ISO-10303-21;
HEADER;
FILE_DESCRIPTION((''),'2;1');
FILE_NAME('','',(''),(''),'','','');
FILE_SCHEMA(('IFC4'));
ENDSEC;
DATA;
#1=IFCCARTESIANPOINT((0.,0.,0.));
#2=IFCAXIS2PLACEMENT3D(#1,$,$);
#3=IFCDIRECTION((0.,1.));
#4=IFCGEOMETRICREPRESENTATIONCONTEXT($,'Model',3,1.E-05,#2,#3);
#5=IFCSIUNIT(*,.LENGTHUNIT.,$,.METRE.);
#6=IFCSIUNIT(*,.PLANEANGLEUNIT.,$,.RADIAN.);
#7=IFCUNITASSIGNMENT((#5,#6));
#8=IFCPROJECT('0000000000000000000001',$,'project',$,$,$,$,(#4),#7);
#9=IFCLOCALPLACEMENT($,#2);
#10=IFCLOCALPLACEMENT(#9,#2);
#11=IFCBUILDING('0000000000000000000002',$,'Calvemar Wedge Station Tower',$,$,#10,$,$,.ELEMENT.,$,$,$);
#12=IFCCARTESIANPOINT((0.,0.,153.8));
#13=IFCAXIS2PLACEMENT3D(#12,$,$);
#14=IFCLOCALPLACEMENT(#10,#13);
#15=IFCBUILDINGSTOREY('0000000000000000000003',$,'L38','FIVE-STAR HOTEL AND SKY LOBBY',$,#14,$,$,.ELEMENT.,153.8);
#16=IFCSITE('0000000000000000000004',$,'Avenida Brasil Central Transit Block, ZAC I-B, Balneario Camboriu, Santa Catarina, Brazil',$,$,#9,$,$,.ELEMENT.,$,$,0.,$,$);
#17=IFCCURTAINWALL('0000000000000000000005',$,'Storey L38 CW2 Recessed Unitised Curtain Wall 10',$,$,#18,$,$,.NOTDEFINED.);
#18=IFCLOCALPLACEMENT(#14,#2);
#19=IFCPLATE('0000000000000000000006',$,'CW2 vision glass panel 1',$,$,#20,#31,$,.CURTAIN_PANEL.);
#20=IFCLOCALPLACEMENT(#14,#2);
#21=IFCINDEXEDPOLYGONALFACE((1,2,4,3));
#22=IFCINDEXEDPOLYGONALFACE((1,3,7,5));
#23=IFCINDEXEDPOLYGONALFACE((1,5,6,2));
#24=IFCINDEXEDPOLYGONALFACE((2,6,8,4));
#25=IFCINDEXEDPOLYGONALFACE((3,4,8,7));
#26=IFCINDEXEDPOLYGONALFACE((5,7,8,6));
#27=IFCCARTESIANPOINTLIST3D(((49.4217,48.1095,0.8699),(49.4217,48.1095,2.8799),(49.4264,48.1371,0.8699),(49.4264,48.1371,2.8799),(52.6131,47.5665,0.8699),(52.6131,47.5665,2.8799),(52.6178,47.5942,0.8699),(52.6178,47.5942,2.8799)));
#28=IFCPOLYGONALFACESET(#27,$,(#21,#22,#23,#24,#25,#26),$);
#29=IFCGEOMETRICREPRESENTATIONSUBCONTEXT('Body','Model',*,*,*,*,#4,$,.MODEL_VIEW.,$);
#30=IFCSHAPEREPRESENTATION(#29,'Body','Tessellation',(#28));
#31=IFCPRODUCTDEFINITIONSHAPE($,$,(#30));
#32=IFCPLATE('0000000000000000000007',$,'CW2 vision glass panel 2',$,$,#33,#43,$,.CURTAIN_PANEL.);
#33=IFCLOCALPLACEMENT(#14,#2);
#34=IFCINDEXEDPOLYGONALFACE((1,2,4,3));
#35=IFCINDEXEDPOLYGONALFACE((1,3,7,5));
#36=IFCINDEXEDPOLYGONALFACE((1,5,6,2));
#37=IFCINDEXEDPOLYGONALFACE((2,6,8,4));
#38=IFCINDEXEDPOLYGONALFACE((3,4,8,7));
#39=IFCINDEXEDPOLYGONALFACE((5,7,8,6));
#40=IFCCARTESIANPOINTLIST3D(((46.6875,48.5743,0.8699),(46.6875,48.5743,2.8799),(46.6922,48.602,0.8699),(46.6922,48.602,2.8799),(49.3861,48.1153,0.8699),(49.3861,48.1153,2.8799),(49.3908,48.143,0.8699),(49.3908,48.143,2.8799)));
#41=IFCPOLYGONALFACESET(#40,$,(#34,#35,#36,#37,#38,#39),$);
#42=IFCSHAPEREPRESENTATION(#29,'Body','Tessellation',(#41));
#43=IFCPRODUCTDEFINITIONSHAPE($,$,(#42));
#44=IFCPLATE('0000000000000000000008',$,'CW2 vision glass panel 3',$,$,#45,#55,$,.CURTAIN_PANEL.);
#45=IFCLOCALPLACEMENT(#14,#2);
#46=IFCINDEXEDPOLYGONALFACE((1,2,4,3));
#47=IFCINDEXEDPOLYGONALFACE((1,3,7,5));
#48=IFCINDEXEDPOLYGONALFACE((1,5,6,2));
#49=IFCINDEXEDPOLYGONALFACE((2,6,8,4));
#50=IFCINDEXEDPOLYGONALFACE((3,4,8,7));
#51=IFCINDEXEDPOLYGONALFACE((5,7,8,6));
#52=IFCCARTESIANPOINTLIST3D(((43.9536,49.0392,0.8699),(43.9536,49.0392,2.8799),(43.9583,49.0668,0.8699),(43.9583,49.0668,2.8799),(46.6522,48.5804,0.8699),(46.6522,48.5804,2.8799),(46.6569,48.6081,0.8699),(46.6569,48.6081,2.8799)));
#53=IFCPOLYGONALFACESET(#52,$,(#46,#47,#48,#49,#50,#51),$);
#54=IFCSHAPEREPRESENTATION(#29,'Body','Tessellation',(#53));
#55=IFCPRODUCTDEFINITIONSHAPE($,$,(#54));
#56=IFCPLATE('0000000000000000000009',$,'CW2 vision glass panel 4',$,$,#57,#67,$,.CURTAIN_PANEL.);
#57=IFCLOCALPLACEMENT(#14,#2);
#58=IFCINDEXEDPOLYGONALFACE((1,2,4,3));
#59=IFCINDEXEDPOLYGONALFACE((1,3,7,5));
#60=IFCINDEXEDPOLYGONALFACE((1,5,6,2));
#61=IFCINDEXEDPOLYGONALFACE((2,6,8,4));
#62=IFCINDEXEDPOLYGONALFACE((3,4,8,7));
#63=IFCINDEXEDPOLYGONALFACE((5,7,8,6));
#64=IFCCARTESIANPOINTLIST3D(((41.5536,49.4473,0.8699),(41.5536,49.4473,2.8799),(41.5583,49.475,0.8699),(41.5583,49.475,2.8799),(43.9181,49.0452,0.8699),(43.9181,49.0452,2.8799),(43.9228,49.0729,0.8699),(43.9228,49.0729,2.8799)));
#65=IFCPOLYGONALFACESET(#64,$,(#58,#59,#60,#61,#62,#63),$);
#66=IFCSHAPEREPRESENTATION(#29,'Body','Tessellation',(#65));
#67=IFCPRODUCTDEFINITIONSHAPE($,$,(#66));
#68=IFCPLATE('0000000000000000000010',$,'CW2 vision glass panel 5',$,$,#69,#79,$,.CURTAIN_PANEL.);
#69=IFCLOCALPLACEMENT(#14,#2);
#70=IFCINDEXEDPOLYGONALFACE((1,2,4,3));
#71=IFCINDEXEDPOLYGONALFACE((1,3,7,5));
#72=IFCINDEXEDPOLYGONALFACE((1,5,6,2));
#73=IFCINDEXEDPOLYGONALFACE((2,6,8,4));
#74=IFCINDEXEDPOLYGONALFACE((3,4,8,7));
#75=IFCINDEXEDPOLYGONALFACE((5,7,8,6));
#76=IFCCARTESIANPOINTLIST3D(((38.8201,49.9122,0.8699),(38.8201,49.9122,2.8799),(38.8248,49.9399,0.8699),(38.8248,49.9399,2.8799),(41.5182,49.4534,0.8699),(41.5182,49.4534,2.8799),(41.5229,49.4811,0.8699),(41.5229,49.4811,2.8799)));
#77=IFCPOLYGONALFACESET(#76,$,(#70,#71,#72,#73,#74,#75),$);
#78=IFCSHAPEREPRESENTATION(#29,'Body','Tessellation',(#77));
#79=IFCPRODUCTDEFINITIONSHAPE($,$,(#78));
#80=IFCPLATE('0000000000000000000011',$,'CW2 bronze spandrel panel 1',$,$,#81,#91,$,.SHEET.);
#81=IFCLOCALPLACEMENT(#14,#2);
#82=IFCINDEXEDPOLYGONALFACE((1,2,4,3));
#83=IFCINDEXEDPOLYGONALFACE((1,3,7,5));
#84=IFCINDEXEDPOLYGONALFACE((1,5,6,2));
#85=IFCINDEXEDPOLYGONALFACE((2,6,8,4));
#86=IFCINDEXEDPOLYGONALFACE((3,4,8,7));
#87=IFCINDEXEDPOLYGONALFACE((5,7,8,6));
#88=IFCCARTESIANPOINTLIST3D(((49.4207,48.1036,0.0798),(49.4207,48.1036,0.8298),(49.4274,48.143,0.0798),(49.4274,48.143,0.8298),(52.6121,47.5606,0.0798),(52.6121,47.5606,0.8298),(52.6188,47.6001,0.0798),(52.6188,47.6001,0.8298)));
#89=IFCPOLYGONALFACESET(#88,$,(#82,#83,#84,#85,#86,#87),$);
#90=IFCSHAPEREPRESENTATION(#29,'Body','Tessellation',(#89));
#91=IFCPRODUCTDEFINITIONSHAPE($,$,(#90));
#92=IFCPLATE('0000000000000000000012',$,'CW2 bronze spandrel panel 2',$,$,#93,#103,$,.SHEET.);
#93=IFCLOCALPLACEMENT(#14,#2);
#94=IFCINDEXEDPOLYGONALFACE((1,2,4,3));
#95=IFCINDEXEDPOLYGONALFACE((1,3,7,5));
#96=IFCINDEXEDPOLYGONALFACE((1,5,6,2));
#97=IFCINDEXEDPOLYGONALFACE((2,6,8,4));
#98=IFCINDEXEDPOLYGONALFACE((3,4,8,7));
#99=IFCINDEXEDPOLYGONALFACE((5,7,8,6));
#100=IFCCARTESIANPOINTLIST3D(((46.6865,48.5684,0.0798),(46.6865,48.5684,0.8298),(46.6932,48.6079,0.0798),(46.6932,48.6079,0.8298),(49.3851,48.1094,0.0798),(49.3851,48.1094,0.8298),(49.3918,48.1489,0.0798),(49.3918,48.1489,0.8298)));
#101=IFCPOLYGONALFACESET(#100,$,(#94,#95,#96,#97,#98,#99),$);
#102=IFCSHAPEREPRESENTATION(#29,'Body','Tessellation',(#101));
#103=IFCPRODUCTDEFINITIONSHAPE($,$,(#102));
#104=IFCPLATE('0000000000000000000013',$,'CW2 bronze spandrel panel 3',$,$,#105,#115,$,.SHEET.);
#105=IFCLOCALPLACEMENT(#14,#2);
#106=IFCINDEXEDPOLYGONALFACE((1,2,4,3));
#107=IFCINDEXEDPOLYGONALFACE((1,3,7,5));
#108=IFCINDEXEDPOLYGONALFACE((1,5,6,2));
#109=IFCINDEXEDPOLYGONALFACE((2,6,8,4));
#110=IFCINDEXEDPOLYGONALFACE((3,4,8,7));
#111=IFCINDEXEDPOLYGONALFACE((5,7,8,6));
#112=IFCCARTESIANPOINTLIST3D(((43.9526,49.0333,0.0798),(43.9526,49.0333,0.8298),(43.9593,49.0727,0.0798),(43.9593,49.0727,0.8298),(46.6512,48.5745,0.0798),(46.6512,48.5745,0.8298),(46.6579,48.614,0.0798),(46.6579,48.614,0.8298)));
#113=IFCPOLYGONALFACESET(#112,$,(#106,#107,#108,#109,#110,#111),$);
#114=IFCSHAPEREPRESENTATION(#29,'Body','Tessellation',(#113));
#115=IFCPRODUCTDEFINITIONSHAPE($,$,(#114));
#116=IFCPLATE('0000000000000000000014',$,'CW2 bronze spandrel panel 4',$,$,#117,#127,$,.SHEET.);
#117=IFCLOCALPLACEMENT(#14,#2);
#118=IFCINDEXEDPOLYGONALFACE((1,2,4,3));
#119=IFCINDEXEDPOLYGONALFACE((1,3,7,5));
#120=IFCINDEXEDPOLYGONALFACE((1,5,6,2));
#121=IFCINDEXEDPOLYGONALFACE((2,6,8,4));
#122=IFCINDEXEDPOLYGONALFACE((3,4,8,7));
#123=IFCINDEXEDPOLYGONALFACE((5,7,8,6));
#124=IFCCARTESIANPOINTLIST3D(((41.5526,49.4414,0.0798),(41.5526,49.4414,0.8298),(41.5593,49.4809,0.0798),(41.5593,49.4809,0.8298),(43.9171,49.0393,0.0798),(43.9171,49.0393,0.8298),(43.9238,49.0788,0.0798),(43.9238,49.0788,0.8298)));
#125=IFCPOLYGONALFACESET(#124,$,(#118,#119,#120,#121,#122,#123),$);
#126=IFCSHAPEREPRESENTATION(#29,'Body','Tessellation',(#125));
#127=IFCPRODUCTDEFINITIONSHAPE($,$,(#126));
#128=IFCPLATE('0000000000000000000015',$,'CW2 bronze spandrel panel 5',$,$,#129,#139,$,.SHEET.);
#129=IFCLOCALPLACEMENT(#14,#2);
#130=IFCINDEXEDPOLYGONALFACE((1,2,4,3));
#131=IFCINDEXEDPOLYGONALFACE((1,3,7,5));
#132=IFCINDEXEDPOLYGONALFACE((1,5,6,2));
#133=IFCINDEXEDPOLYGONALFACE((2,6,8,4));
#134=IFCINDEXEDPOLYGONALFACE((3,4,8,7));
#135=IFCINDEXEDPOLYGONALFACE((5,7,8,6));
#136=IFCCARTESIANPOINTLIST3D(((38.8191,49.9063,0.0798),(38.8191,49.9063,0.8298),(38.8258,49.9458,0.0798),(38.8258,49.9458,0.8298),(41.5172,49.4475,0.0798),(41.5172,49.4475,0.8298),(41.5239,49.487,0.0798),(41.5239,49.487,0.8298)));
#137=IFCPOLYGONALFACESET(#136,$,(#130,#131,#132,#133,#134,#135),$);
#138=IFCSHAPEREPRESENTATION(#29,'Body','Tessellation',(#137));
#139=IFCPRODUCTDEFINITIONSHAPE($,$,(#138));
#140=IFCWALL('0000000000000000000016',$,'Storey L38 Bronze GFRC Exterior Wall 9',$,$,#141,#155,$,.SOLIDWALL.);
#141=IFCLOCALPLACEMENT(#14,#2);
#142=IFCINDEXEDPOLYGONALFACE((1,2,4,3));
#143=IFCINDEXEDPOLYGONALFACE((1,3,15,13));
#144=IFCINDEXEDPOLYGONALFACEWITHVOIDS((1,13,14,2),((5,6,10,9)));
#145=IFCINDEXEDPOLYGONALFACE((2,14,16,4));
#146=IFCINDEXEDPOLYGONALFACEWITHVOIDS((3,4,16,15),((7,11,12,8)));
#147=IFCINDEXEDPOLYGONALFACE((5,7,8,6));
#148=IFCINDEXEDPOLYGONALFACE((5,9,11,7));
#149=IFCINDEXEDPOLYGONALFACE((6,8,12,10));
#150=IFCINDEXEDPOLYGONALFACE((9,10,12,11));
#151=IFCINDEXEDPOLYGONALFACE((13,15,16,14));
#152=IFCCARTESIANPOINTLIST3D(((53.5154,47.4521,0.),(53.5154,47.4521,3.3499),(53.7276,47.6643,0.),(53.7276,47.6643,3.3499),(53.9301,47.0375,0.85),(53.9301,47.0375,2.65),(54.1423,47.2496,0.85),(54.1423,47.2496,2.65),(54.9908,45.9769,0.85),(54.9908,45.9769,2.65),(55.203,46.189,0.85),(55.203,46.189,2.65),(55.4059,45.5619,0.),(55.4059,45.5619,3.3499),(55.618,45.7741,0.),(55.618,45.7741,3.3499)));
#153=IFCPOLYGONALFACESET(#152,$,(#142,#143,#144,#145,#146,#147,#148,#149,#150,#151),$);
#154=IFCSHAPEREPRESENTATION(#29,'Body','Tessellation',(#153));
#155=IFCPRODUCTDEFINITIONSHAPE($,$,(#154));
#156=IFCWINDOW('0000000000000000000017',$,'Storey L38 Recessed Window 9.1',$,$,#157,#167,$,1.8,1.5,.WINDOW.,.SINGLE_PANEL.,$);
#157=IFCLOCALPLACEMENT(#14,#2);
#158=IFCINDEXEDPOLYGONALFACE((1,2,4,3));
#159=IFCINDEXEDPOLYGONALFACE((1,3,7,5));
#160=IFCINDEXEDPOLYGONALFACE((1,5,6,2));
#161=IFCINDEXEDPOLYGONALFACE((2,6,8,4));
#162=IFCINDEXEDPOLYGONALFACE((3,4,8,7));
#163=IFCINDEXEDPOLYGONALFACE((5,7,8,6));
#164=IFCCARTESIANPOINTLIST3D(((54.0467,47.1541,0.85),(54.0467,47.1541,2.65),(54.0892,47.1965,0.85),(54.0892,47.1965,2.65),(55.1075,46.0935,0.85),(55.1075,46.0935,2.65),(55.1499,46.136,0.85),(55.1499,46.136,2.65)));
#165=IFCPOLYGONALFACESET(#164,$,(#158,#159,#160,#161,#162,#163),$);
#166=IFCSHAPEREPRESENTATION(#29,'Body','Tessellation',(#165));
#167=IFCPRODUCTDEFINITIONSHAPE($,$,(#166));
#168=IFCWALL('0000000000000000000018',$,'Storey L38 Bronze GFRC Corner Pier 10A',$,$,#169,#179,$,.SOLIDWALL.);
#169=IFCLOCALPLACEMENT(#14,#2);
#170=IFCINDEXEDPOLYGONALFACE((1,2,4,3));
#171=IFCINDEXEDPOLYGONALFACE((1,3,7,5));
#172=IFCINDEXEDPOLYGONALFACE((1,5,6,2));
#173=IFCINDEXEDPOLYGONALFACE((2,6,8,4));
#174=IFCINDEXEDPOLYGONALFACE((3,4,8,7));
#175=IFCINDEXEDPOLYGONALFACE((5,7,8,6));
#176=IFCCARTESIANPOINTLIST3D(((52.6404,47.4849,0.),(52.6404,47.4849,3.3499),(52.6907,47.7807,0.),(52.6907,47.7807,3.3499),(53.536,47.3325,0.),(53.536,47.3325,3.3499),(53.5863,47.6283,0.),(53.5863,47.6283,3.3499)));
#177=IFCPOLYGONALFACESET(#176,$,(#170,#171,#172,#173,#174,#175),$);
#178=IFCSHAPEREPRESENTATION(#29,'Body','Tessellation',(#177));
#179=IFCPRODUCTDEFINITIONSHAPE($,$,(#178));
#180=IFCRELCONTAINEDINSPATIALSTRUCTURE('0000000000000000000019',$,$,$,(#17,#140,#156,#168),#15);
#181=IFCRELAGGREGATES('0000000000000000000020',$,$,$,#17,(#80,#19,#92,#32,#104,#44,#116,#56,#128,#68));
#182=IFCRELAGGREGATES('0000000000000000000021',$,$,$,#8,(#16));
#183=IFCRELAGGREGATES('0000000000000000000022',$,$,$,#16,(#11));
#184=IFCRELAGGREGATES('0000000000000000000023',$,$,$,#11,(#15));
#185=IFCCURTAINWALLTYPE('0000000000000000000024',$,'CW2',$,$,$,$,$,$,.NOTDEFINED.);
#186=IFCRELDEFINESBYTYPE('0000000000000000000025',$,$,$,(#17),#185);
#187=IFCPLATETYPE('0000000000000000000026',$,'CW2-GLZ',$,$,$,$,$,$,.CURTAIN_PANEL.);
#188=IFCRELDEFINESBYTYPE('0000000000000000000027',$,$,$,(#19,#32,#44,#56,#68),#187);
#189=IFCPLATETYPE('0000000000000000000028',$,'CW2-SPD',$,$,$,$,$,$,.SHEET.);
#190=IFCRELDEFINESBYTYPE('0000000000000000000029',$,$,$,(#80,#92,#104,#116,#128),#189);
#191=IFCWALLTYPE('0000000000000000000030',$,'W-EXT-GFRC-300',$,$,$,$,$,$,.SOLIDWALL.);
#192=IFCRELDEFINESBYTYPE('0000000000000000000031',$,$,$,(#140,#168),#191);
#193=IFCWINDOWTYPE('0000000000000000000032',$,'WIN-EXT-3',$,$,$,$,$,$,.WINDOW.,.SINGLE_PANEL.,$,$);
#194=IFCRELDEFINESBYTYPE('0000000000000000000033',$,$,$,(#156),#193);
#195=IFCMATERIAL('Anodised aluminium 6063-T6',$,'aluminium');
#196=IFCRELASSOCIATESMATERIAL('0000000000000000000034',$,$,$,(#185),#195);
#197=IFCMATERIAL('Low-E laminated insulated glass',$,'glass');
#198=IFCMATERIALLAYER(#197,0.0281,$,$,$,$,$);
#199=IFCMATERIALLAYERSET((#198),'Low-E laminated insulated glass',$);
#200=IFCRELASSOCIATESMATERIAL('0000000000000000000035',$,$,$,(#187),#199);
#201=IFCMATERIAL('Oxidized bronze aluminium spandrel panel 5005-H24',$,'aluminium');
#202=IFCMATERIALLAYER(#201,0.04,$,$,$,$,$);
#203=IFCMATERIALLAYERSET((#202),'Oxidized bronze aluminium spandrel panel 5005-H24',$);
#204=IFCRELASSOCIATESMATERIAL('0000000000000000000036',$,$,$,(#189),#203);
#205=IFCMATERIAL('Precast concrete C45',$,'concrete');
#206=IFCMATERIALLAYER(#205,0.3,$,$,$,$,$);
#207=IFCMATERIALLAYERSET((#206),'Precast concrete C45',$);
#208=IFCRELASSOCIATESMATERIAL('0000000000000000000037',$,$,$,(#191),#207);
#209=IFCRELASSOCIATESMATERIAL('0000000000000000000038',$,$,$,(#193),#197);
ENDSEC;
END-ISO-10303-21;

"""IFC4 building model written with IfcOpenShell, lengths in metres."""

from ifc_helpers import new_model, si_unit, direction, frame, frame_2d, origin, place, context, subcontext, project, spatial, rectangle, extrude, source, transform, mapped, material, layer, layer_set, type_object, element, fill, aggregate, save


model = new_model("IFC4")

# Units and contexts
model_context = context("Model", 3, precision=1e-05, world=origin(), true_north=direction((0.0, 1.0)))
body_context = subcontext(model_context, "Body", "Model", "MODEL_VIEW")
ifc_project = project(units=[si_unit("LENGTHUNIT", "METRE"), si_unit("PLANEANGLEUNIT", "RADIAN")], contexts=[model_context])

# Site, building, storey
site_placement = place(None, origin())
site = spatial("IfcSite", under=ifc_project, at=site_placement, Name="Avenida Brasil Central Transit Block, ZAC I-B, Balneario Camboriu, Santa Catarina, Brazil", CompositionType="ELEMENT", RefElevation=0.0)
building_placement = place(site_placement, origin())
building = spatial("IfcBuilding", under=site, at=building_placement, Name="Calvemar Wedge Station Tower", CompositionType="ELEMENT")
storey_placement = place(building_placement, frame((0.0, 0.0, 153.8)))
storey = spatial("IfcBuildingStorey", under=building, at=storey_placement, Name="L38", Description="FIVE-STAR HOTEL AND SKY LOBBY", CompositionType="ELEMENT", Elevation=153.8)

# Curtain wall, plates
ifc_material_1 = material(Name="Anodised aluminium 6063-T6", Category="aluminium")
curtain_wall_type = type_object("IfcCurtainWallType", Name="CW2", PredefinedType="NOTDEFINED", material=ifc_material_1)
curtain_wall_placement = place(storey_placement, origin())
curtain_wall = element("IfcCurtainWall", 1, at=curtain_wall_placement, inside=storey, type_object=curtain_wall_type, Name="Storey L38 CW2 Recessed Unitised Curtain Wall 10", PredefinedType="NOTDEFINED")
ifc_material_2 = material(Name="Low-E laminated insulated glass", Category="glass")
ifc_layer_1 = layer(ifc_material_2, 0.0281)
ifc_layer_set_1 = layer_set([ifc_layer_1], Name="Low-E laminated insulated glass")
plate_type_1 = type_object("IfcPlateType", Name="CW2-GLZ", PredefinedType="CURTAIN_PANEL", material=ifc_layer_set_1)
plate_1_placement = place(storey_placement, frame((52.6155, 47.5803, 0.8699), z_axis=(0.0, 0.0, 1.0), x_axis=(-0.985834, 0.167724, 0.0)))
plate_1 = element("IfcPlate", 2, at=plate_1_placement, type_object=plate_type_1, Name="CW2 vision glass panel 1", PredefinedType="CURTAIN_PANEL", context=body_context, shape_type="SweptSolid", body=[
    extrude(rectangle(XDim=3.2373, YDim=0.0281, at=frame_2d((1.6187, 0.0))), origin(), (0.0, 0.0, 1.0), 2.01),
])
plate_2_placement = place(storey_placement, frame((49.3884, 48.1292, 0.8699), z_axis=(0.0, 0.0, 1.0), x_axis=(-0.985841, 0.167681, 0.0)))
plate_2 = element("IfcPlate", 3, at=plate_2_placement, type_object=plate_type_1, Name="CW2 vision glass panel 2", PredefinedType="CURTAIN_PANEL", context=body_context, shape_type="SweptSolid", body=[
    extrude(rectangle(XDim=2.7373, YDim=0.0281, at=frame_2d((1.3687, 0.0))), origin(), (0.0, 0.0, 1.0), 2.01),
])
plate_3_placement = place(storey_placement, frame((46.6545, 48.5942, 0.8699), z_axis=(0.0, 0.0, 1.0), x_axis=(-0.985856, 0.167595, 0.0)))
plate_3 = element("IfcPlate", 4, at=plate_3_placement, type_object=plate_type_1, Name="CW2 vision glass panel 3", PredefinedType="CURTAIN_PANEL", context=body_context, shape_type="SweptSolid", body=[
    extrude(rectangle(XDim=2.7373, YDim=0.0281, at=frame_2d((1.3687, 0.0))), origin(), (0.0, 0.0, 1.0), 2.01),
])
plate_4_placement = place(storey_placement, frame((43.9204, 49.0591, 0.8699), z_axis=(0.0, 0.0, 1.0), x_axis=(-0.985847, 0.16765, 0.0)))
plate_4 = element("IfcPlate", 5, at=plate_4_placement, type_object=plate_type_1, Name="CW2 vision glass panel 4", PredefinedType="CURTAIN_PANEL", context=body_context, shape_type="SweptSolid", body=[
    extrude(rectangle(XDim=2.3984, YDim=0.0281, at=frame_2d((1.1992, 0.0))), origin(), (0.0, 0.0, 1.0), 2.01),
])
plate_5_placement = place(storey_placement, frame((41.5205, 49.4673, 0.8699), z_axis=(0.0, 0.0, 1.0), x_axis=(-0.985851, 0.167624, 0.0)))
plate_5 = element("IfcPlate", 6, at=plate_5_placement, type_object=plate_type_1, Name="CW2 vision glass panel 5", PredefinedType="CURTAIN_PANEL", context=body_context, shape_type="SweptSolid", body=[
    extrude(rectangle(XDim=2.7368, YDim=0.0281, at=frame_2d((1.3684, 0.0))), origin(), (0.0, 0.0, 1.0), 2.01),
])
ifc_material_3 = material(Name="Oxidized bronze aluminium spandrel panel 5005-H24", Category="aluminium")
ifc_layer_2 = layer(ifc_material_3, 0.04)
ifc_layer_set_2 = layer_set([ifc_layer_2], Name="Oxidized bronze aluminium spandrel panel 5005-H24")
plate_type_2 = type_object("IfcPlateType", Name="CW2-SPD", PredefinedType="SHEET", material=ifc_layer_set_2)
plate_6_placement = place(storey_placement, frame((52.6155, 47.5803, 0.0798), z_axis=(0.0, 0.0, 1.0), x_axis=(-0.985834, 0.167724, 0.0)))
plate_6 = element("IfcPlate", 7, at=plate_6_placement, type_object=plate_type_2, Name="CW2 bronze spandrel panel 1", PredefinedType="SHEET", context=body_context, shape_type="SweptSolid", body=[
    extrude(rectangle(XDim=3.2373, YDim=0.04, at=frame_2d((1.6187, 0.0))), origin(), (0.0, 0.0, 1.0), 0.75),
])
plate_7_placement = place(storey_placement, frame((49.3884, 48.1292, 0.0798), z_axis=(0.0, 0.0, 1.0), x_axis=(-0.985841, 0.167681, 0.0)))
plate_7 = element("IfcPlate", 8, at=plate_7_placement, type_object=plate_type_2, Name="CW2 bronze spandrel panel 2", PredefinedType="SHEET", context=body_context, shape_type="SweptSolid", body=[
    extrude(rectangle(XDim=2.7373, YDim=0.04, at=frame_2d((1.3687, 0.0))), origin(), (0.0, 0.0, 1.0), 0.75),
])
plate_8_placement = place(storey_placement, frame((46.6545, 48.5942, 0.0798), z_axis=(0.0, 0.0, 1.0), x_axis=(-0.985856, 0.167595, 0.0)))
plate_8 = element("IfcPlate", 9, at=plate_8_placement, type_object=plate_type_2, Name="CW2 bronze spandrel panel 3", PredefinedType="SHEET", context=body_context, shape_type="SweptSolid", body=[
    extrude(rectangle(XDim=2.7373, YDim=0.04, at=frame_2d((1.3687, 0.0))), origin(), (0.0, 0.0, 1.0), 0.75),
])
plate_9_placement = place(storey_placement, frame((43.9204, 49.0591, 0.0798), z_axis=(0.0, 0.0, 1.0), x_axis=(-0.985847, 0.16765, 0.0)))
plate_9 = element("IfcPlate", 10, at=plate_9_placement, type_object=plate_type_2, Name="CW2 bronze spandrel panel 4", PredefinedType="SHEET", context=body_context, shape_type="SweptSolid", body=[
    extrude(rectangle(XDim=2.3984, YDim=0.04, at=frame_2d((1.1992, 0.0))), origin(), (0.0, 0.0, 1.0), 0.75),
])
plate_10_placement = place(storey_placement, frame((41.5205, 49.4673, 0.0798), z_axis=(0.0, 0.0, 1.0), x_axis=(-0.985851, 0.167624, 0.0)))
plate_10 = element("IfcPlate", 11, at=plate_10_placement, type_object=plate_type_2, Name="CW2 bronze spandrel panel 5", PredefinedType="SHEET", context=body_context, shape_type="SweptSolid", body=[
    extrude(rectangle(XDim=2.7368, YDim=0.04, at=frame_2d((1.3684, 0.0))), origin(), (0.0, 0.0, 1.0), 0.75),
])
aggregate(curtain_wall, [plate_6, plate_1, plate_7, plate_2, plate_8, plate_3, plate_9, plate_4, plate_10, plate_5])

# Wall, opening, window
ifc_material_4 = material(Name="Precast concrete C45", Category="concrete")
ifc_layer_3 = layer(ifc_material_4, 0.3)
ifc_layer_set_3 = layer_set([ifc_layer_3], Name="Precast concrete C45")
wall_type_1 = type_object("IfcWallType", Name="W-EXT-GFRC-300", PredefinedType="SOLIDWALL", material=ifc_layer_set_3)
wall_1_placement = place(storey_placement, frame((55.512, 45.668, 0.0), z_axis=(0.0, 0.0, 1.0), x_axis=(-0.707152, 0.707061, 0.0)))
wall_1 = element("IfcWall", 12, at=wall_1_placement, inside=storey, type_object=wall_type_1, Name="Storey L38 Bronze GFRC Exterior Wall 9", PredefinedType="SOLIDWALL", context=body_context, shape_type="SweptSolid", body=[
    extrude(rectangle(XDim=2.6733, YDim=0.3, at=frame_2d((1.3367, 0.0))), origin(), (0.0, 0.0, 1.0), 3.3499),
])
shared_shape_1 = source(origin(), body_context, "Body", "SweptSolid", [
    extrude(rectangle(XDim=1.5, YDim=1.8, at=frame_2d((0.75, 0.8999))), frame((0.0, 0.1602, 0.0), z_axis=(0.0, -1.0, 0.0), x_axis=(1.0, 0.0, 0.0)), (0.0, 0.0, 1.0), 0.3201),
])
opening_1_placement = place(wall_1_placement, frame((0.5869, 0.0, 0.8501)))
opening_1 = element("IfcOpeningElement", 13, at=opening_1_placement, cuts=wall_1, PredefinedType="OPENING", context=body_context, shape_type="MappedRepresentation", body=[
    mapped(shared_shape_1, transform((0.0, 0.0, 0.0), scale=1.0)),
])
window_type = type_object("IfcWindowType", Name="WIN-EXT-3", PartitioningType="SINGLE_PANEL", PredefinedType="WINDOW", material=ifc_material_2)
shared_shape_2 = source(origin(), body_context, "Body", "SweptSolid", [
    extrude(rectangle(XDim=1.5, YDim=1.8, at=frame_2d((0.75, 0.8999))), frame((0.0, -0.0149, 0.0), z_axis=(0.0, -1.0, 0.0), x_axis=(1.0, 0.0, 0.0)), (0.0, 0.0, 1.0), 0.0601),
])
window_placement = place(opening_1_placement, origin())
window = element("IfcWindow", 14, at=window_placement, inside=storey, type_object=window_type, Name="Storey L38 Recessed Window 9.1", OverallHeight=1.8, OverallWidth=1.5, PartitioningType="SINGLE_PANEL", PredefinedType="WINDOW", context=body_context, shape_type="MappedRepresentation", body=[
    mapped(shared_shape_2, transform((0.0, 0.0, 0.0), scale=1.0)),
])
fill(opening_1, window)

# Wall
wall_2_placement = place(storey_placement, frame((53.561, 47.4805, 0.0), z_axis=(0.0, 0.0, 1.0), x_axis=(-0.985836, 0.16771, 0.0)))
element("IfcWall", 15, at=wall_2_placement, inside=storey, type_object=wall_type_1, Name="Storey L38 Bronze GFRC Corner Pier 10A", PredefinedType="SOLIDWALL", context=body_context, shape_type="SweptSolid", body=[
    extrude(rectangle(XDim=0.9084, YDim=0.3, at=frame_2d((0.4541, 0.0))), origin(), (0.0, 0.0, 1.0), 3.3499),
])

save(model, "model.ifc")
